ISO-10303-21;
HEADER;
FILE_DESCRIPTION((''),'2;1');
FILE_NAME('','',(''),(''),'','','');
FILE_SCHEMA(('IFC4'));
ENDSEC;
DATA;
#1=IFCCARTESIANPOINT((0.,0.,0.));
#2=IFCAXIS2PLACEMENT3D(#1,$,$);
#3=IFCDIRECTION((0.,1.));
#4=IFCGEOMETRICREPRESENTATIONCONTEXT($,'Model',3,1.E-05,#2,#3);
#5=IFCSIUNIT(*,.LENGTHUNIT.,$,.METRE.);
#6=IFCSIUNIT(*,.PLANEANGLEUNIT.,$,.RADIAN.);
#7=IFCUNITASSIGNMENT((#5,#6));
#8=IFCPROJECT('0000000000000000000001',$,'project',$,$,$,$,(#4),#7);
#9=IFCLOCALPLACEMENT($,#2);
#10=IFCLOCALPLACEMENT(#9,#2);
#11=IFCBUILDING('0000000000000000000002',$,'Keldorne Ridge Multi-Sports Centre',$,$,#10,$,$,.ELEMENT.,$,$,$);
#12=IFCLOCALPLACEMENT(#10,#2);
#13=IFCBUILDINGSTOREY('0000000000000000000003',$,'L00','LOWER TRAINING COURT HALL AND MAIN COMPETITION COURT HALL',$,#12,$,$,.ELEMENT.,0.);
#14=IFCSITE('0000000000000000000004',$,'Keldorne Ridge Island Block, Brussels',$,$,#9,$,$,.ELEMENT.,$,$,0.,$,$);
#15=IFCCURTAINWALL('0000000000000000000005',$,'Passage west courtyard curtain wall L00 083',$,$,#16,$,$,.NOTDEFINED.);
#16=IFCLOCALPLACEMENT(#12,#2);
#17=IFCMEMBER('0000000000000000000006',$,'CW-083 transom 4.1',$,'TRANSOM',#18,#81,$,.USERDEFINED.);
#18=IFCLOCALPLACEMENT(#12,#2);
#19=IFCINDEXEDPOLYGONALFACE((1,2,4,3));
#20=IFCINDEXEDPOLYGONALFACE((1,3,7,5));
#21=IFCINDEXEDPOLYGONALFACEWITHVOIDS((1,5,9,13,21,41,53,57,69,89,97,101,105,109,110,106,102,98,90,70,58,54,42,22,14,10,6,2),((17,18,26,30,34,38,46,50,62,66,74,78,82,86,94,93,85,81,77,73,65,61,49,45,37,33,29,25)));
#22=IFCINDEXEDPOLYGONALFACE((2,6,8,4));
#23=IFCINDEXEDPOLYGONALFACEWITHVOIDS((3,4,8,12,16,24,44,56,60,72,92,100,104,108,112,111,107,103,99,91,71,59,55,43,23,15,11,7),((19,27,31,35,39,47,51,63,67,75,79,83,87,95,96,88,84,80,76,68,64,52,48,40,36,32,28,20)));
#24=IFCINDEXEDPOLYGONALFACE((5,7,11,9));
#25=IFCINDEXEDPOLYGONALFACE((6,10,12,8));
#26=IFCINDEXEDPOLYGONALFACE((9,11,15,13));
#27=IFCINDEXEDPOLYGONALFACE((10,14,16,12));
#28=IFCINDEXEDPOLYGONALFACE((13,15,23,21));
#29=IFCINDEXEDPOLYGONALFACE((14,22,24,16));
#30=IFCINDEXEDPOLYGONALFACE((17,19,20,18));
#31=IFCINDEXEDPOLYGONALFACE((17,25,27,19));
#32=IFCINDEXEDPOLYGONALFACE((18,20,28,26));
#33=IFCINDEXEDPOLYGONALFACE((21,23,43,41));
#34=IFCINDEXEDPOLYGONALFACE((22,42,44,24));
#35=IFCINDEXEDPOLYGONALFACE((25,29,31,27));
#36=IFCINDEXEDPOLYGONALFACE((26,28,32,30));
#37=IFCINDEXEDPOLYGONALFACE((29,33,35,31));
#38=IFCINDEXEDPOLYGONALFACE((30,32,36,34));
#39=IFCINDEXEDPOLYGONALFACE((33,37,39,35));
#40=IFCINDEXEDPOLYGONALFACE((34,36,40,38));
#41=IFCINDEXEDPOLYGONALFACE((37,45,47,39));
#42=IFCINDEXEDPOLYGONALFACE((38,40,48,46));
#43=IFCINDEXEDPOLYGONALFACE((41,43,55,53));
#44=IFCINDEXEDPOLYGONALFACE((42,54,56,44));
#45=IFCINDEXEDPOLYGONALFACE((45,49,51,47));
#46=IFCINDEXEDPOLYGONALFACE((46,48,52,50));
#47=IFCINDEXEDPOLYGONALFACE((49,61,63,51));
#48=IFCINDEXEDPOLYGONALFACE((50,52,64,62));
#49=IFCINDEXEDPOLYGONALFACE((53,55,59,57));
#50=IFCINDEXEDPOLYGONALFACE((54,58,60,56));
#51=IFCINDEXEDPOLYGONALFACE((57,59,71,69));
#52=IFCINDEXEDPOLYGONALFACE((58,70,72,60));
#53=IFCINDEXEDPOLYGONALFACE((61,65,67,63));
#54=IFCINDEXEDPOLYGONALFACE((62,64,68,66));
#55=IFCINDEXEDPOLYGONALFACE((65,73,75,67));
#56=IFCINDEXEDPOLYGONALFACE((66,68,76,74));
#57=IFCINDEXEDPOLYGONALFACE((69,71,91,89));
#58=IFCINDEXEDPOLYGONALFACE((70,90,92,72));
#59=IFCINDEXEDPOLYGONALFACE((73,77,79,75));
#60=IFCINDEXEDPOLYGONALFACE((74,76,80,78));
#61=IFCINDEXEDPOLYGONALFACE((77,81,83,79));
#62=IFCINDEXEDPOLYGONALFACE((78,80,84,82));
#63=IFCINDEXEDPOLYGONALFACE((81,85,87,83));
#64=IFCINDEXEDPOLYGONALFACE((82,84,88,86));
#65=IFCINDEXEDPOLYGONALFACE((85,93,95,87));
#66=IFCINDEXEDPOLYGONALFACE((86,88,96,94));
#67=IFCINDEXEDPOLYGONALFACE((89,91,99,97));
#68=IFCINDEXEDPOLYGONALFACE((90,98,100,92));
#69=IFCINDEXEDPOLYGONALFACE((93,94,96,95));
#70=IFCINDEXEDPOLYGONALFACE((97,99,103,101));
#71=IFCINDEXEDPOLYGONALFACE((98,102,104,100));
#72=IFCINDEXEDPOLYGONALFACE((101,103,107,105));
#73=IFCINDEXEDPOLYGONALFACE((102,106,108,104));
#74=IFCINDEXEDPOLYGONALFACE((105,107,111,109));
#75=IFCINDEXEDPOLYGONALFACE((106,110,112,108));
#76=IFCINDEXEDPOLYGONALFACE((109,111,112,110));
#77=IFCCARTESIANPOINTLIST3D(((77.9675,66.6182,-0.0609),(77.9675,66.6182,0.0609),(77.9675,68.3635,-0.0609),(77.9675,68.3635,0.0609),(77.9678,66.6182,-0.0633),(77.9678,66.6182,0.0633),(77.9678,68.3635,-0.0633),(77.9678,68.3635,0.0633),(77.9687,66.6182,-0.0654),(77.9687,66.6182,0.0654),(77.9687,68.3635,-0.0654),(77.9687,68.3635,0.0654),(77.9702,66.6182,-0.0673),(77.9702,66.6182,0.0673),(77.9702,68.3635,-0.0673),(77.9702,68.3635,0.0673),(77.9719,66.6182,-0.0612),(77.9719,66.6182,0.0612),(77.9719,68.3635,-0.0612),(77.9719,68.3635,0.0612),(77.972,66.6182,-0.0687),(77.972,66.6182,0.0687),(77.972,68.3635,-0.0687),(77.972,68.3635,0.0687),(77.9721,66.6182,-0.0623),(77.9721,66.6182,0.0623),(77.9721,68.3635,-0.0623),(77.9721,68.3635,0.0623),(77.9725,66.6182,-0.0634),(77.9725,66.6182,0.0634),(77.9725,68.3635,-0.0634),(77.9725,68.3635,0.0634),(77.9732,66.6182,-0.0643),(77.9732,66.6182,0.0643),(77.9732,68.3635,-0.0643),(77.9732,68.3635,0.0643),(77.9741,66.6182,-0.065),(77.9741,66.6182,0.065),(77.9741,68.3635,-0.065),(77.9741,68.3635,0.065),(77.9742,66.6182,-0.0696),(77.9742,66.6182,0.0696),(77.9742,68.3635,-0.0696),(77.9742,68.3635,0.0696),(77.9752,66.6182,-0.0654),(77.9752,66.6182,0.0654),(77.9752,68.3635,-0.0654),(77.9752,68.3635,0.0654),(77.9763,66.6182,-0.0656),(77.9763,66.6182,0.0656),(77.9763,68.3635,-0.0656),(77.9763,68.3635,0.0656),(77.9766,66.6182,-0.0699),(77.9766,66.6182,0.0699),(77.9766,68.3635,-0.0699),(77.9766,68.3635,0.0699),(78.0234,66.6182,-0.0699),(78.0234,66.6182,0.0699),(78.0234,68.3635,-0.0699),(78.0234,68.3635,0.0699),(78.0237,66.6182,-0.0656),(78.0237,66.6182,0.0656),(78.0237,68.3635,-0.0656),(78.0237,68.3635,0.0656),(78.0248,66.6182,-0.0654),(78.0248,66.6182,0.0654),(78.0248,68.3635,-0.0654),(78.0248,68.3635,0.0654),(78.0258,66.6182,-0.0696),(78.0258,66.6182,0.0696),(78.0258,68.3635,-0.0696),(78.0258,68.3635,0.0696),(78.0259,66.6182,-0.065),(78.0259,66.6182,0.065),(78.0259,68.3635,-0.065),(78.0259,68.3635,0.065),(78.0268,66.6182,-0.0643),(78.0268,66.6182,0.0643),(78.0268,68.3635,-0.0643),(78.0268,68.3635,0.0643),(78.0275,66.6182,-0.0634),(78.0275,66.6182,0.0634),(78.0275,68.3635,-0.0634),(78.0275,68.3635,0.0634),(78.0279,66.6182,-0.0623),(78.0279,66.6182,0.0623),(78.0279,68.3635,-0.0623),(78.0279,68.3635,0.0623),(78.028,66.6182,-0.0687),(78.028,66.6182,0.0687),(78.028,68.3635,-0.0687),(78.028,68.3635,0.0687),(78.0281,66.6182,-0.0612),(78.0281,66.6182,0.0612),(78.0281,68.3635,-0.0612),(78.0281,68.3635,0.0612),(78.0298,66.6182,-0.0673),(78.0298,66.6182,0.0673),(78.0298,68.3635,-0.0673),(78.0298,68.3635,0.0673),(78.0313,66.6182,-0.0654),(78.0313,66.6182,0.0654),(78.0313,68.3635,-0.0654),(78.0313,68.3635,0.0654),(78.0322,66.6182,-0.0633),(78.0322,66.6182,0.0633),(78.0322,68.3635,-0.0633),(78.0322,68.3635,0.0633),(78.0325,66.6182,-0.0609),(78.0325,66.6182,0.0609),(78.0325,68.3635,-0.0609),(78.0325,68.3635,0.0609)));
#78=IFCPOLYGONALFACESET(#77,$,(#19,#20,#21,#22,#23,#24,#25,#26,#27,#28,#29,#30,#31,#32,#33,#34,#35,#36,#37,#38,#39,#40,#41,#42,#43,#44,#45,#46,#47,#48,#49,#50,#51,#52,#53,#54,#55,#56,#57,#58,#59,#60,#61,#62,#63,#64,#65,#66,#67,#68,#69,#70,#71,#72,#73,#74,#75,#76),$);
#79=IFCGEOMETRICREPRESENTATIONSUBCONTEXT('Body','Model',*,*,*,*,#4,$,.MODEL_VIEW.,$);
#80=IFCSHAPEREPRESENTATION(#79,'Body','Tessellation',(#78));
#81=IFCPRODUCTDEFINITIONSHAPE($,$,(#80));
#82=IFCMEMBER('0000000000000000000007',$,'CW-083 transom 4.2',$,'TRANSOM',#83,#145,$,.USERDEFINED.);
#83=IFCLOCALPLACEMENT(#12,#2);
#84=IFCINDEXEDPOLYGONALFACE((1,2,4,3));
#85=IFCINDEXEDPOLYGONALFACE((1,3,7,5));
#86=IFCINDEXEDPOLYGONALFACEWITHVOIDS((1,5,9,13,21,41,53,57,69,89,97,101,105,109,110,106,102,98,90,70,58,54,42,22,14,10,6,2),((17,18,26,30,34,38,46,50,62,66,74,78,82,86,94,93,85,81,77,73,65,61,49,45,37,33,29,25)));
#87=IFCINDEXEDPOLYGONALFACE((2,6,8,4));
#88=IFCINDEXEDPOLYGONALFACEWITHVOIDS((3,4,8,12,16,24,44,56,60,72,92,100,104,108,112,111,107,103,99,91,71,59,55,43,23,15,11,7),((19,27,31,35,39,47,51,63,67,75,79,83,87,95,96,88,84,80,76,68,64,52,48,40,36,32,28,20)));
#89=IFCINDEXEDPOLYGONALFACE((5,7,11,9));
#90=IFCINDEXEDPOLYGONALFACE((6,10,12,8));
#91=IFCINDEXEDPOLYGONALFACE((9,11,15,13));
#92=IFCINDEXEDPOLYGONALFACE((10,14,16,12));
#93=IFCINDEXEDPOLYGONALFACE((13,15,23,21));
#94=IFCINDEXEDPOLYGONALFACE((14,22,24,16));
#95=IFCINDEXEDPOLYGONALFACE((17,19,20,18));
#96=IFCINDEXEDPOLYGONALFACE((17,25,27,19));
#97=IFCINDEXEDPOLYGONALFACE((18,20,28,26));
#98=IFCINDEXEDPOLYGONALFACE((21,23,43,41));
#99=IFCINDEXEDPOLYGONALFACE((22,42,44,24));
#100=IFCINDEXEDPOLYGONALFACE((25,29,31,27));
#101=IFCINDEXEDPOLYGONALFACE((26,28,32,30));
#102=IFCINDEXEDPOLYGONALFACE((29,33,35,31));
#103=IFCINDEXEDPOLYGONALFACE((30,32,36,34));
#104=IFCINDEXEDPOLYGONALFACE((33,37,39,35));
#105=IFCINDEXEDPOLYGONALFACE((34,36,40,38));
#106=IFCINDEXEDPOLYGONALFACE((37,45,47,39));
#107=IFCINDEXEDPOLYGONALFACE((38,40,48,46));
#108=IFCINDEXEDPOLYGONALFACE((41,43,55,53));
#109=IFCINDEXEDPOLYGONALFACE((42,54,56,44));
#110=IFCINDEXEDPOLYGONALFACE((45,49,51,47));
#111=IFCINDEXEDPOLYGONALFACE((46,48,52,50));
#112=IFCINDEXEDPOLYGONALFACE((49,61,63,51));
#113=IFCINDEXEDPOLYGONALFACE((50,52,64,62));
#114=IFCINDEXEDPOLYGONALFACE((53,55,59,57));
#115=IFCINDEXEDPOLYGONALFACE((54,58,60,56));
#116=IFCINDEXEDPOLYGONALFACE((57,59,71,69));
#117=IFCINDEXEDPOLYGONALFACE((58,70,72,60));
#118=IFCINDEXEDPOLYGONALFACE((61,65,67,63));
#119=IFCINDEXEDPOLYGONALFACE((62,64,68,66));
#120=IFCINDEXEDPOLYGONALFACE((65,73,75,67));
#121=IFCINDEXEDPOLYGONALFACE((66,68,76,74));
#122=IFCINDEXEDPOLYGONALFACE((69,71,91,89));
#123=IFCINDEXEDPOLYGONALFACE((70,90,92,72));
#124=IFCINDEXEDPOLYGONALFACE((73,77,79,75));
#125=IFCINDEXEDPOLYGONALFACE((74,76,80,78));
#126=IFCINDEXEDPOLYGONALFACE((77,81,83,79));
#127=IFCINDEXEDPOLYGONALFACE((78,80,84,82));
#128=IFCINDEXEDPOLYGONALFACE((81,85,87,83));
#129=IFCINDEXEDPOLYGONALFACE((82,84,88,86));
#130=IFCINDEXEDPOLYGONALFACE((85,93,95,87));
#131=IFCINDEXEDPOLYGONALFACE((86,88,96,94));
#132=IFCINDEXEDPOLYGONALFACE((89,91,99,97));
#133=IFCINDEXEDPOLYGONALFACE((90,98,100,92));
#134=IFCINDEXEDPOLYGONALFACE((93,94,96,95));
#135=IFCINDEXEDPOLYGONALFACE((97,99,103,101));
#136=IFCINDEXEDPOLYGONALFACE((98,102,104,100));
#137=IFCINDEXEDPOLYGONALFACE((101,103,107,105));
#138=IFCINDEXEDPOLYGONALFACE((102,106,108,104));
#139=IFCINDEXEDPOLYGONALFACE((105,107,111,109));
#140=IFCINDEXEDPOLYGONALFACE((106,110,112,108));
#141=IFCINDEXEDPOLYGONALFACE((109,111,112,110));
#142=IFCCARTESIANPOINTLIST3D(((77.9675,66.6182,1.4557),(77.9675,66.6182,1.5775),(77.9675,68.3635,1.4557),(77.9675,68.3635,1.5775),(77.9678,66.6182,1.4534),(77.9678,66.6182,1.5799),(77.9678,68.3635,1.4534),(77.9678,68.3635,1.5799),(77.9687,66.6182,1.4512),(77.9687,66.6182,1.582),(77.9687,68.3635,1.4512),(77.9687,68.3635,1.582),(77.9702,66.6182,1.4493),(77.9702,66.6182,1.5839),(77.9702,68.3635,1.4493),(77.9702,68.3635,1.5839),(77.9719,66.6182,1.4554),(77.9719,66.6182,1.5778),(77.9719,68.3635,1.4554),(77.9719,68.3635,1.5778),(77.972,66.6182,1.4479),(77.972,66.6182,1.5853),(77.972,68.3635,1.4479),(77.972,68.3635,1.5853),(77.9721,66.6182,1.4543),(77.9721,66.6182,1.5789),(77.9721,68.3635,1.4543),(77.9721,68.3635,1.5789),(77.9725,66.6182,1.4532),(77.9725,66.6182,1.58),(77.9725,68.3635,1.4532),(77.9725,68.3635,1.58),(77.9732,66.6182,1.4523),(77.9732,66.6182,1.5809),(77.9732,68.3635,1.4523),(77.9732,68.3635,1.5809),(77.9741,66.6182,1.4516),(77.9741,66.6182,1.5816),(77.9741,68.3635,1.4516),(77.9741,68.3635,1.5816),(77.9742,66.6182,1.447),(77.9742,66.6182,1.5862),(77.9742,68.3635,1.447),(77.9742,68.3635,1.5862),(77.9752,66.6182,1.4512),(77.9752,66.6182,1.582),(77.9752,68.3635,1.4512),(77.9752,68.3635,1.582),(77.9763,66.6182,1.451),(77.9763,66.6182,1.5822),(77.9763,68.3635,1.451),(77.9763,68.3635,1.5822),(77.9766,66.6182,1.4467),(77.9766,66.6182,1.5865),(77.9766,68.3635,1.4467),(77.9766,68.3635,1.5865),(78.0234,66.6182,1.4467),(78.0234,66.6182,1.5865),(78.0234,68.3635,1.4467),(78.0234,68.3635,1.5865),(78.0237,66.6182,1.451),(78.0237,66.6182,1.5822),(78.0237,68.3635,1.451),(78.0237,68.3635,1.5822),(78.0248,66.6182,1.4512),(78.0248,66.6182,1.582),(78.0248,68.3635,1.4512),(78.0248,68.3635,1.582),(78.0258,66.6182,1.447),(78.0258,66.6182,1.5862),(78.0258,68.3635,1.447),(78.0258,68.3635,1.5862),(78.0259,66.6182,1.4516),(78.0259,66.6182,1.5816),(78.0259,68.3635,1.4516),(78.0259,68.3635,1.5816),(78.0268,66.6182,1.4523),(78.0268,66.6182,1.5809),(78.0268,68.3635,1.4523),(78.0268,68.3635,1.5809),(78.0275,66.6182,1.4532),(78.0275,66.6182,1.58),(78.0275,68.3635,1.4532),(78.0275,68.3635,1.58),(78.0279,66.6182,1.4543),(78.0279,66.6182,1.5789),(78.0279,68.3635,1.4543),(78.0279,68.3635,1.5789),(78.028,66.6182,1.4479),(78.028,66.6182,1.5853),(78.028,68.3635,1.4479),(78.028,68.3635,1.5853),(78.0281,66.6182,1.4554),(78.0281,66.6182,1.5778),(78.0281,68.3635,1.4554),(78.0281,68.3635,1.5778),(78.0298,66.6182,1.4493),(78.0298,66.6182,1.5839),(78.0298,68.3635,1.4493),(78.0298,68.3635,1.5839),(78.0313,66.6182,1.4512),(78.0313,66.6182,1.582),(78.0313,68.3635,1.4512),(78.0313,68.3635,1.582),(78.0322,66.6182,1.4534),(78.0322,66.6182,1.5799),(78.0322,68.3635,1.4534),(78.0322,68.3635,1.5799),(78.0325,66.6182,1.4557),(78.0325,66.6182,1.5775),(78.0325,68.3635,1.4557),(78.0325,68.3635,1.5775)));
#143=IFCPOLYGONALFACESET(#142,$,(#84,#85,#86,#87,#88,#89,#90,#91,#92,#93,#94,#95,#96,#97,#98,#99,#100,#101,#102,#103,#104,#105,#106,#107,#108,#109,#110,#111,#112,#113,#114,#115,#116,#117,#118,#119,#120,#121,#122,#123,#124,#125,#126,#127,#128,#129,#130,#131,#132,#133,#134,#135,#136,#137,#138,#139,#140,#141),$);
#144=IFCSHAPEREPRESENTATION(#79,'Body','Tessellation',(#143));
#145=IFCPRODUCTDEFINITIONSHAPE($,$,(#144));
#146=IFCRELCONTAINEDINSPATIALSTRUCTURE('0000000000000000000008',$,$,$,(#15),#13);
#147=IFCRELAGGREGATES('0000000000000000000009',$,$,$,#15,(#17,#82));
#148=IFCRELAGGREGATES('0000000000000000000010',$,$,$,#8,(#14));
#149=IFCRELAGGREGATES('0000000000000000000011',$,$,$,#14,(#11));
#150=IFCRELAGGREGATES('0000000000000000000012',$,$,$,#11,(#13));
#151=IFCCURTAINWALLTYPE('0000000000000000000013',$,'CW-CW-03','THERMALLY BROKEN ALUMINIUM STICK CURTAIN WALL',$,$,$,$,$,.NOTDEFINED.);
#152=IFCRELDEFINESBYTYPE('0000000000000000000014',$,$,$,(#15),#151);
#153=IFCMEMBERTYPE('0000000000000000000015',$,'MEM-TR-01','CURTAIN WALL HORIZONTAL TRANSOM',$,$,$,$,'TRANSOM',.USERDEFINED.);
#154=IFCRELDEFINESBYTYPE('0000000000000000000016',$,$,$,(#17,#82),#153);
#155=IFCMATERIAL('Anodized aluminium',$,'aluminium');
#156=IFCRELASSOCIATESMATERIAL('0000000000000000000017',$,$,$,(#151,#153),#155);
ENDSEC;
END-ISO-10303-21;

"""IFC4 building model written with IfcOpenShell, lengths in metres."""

from ifc_helpers import new_model, si_unit, direction, frame, origin, origin_2d, place, context, subcontext, project, spatial, hollow_rectangle, extrude, material, material_profile, profile_set, type_object, element, aggregate, save


model = new_model("IFC4")

# Units and contexts
model_context = context("Model", 3, precision=1e-05, world=origin(), true_north=direction((0.0, 1.0)))
body_context = subcontext(model_context, "Body", "Model", "MODEL_VIEW")
ifc_project = project(units=[si_unit("LENGTHUNIT", "METRE"), si_unit("PLANEANGLEUNIT", "RADIAN")], contexts=[model_context])

# Site, building, storey
site_placement = place(None, origin())
site = spatial("IfcSite", under=ifc_project, at=site_placement, Name="Keldorne Ridge Island Block, Brussels", CompositionType="ELEMENT", RefElevation=0.0)
building_placement = place(site_placement, origin())
building = spatial("IfcBuilding", under=site, at=building_placement, Name="Keldorne Ridge Multi-Sports Centre", CompositionType="ELEMENT")
storey_placement = place(building_placement, origin())
storey = spatial("IfcBuildingStorey", under=building, at=storey_placement, Name="L00", Description="LOWER TRAINING COURT HALL AND MAIN COMPETITION COURT HALL", CompositionType="ELEMENT", Elevation=0.0)

# Curtain wall, members
ifc_material_1 = material(Name="Anodized aluminium", Category="aluminium")
curtain_wall_type = type_object("IfcCurtainWallType", Name="CW-CW-03", Description="THERMALLY BROKEN ALUMINIUM STICK CURTAIN WALL", PredefinedType="NOTDEFINED", material=ifc_material_1)
curtain_wall_placement = place(storey_placement, origin())
curtain_wall = element("IfcCurtainWall", 1, at=curtain_wall_placement, inside=storey, type_object=curtain_wall_type, Name="Passage west courtyard curtain wall L00 083", PredefinedType="NOTDEFINED")
ifc_material_profile_1 = material_profile(ifc_material_1, hollow_rectangle(XDim=0.0649, YDim=0.1399, WallThickness=0.0044, InnerFilletRadius=0.0044, OuterFilletRadius=0.009, at=origin_2d()), Name="ALU TRANSOM 140x65x4.5")
ifc_profile_set_1 = profile_set([ifc_material_profile_1], Name="Anodized aluminium")
member_type_1 = type_object("IfcMemberType", Name="MEM-TR-01", Description="CURTAIN WALL HORIZONTAL TRANSOM", ElementType="TRANSOM", PredefinedType="USERDEFINED", material=ifc_profile_set_1)
member_1_placement = place(storey_placement, frame((78.0, 68.3635, 0.0), z_axis=(0.0, -1.0, 0.0), x_axis=(1.0, 0.0, 0.0)))
member_1 = element("IfcMember", 2, at=member_1_placement, type_object=member_type_1, Name="CW-083 transom 4.1", ObjectType="TRANSOM", PredefinedType="USERDEFINED", context=body_context, shape_type="SweptSolid", body=[
    extrude(hollow_rectangle(XDim=0.0649, YDim=0.1399, WallThickness=0.0044, InnerFilletRadius=0.0044, OuterFilletRadius=0.009, at=origin_2d()), origin(), (0.0, 0.0, 1.0), 1.7454),
])
member_2_placement = place(storey_placement, frame((78.0, 68.3635, 1.5166), z_axis=(0.0, -1.0, 0.0), x_axis=(1.0, 0.0, 0.0)))
member_2 = element("IfcMember", 3, at=member_2_placement, type_object=member_type_1, Name="CW-083 transom 4.2", ObjectType="TRANSOM", PredefinedType="USERDEFINED", context=body_context, shape_type="SweptSolid", body=[
    extrude(hollow_rectangle(XDim=0.0649, YDim=0.1399, WallThickness=0.0044, InnerFilletRadius=0.0044, OuterFilletRadius=0.009, at=origin_2d()), origin(), (0.0, 0.0, 1.0), 1.7454),
])
aggregate(curtain_wall, [member_1, member_2])

save(model, "model.ifc")
